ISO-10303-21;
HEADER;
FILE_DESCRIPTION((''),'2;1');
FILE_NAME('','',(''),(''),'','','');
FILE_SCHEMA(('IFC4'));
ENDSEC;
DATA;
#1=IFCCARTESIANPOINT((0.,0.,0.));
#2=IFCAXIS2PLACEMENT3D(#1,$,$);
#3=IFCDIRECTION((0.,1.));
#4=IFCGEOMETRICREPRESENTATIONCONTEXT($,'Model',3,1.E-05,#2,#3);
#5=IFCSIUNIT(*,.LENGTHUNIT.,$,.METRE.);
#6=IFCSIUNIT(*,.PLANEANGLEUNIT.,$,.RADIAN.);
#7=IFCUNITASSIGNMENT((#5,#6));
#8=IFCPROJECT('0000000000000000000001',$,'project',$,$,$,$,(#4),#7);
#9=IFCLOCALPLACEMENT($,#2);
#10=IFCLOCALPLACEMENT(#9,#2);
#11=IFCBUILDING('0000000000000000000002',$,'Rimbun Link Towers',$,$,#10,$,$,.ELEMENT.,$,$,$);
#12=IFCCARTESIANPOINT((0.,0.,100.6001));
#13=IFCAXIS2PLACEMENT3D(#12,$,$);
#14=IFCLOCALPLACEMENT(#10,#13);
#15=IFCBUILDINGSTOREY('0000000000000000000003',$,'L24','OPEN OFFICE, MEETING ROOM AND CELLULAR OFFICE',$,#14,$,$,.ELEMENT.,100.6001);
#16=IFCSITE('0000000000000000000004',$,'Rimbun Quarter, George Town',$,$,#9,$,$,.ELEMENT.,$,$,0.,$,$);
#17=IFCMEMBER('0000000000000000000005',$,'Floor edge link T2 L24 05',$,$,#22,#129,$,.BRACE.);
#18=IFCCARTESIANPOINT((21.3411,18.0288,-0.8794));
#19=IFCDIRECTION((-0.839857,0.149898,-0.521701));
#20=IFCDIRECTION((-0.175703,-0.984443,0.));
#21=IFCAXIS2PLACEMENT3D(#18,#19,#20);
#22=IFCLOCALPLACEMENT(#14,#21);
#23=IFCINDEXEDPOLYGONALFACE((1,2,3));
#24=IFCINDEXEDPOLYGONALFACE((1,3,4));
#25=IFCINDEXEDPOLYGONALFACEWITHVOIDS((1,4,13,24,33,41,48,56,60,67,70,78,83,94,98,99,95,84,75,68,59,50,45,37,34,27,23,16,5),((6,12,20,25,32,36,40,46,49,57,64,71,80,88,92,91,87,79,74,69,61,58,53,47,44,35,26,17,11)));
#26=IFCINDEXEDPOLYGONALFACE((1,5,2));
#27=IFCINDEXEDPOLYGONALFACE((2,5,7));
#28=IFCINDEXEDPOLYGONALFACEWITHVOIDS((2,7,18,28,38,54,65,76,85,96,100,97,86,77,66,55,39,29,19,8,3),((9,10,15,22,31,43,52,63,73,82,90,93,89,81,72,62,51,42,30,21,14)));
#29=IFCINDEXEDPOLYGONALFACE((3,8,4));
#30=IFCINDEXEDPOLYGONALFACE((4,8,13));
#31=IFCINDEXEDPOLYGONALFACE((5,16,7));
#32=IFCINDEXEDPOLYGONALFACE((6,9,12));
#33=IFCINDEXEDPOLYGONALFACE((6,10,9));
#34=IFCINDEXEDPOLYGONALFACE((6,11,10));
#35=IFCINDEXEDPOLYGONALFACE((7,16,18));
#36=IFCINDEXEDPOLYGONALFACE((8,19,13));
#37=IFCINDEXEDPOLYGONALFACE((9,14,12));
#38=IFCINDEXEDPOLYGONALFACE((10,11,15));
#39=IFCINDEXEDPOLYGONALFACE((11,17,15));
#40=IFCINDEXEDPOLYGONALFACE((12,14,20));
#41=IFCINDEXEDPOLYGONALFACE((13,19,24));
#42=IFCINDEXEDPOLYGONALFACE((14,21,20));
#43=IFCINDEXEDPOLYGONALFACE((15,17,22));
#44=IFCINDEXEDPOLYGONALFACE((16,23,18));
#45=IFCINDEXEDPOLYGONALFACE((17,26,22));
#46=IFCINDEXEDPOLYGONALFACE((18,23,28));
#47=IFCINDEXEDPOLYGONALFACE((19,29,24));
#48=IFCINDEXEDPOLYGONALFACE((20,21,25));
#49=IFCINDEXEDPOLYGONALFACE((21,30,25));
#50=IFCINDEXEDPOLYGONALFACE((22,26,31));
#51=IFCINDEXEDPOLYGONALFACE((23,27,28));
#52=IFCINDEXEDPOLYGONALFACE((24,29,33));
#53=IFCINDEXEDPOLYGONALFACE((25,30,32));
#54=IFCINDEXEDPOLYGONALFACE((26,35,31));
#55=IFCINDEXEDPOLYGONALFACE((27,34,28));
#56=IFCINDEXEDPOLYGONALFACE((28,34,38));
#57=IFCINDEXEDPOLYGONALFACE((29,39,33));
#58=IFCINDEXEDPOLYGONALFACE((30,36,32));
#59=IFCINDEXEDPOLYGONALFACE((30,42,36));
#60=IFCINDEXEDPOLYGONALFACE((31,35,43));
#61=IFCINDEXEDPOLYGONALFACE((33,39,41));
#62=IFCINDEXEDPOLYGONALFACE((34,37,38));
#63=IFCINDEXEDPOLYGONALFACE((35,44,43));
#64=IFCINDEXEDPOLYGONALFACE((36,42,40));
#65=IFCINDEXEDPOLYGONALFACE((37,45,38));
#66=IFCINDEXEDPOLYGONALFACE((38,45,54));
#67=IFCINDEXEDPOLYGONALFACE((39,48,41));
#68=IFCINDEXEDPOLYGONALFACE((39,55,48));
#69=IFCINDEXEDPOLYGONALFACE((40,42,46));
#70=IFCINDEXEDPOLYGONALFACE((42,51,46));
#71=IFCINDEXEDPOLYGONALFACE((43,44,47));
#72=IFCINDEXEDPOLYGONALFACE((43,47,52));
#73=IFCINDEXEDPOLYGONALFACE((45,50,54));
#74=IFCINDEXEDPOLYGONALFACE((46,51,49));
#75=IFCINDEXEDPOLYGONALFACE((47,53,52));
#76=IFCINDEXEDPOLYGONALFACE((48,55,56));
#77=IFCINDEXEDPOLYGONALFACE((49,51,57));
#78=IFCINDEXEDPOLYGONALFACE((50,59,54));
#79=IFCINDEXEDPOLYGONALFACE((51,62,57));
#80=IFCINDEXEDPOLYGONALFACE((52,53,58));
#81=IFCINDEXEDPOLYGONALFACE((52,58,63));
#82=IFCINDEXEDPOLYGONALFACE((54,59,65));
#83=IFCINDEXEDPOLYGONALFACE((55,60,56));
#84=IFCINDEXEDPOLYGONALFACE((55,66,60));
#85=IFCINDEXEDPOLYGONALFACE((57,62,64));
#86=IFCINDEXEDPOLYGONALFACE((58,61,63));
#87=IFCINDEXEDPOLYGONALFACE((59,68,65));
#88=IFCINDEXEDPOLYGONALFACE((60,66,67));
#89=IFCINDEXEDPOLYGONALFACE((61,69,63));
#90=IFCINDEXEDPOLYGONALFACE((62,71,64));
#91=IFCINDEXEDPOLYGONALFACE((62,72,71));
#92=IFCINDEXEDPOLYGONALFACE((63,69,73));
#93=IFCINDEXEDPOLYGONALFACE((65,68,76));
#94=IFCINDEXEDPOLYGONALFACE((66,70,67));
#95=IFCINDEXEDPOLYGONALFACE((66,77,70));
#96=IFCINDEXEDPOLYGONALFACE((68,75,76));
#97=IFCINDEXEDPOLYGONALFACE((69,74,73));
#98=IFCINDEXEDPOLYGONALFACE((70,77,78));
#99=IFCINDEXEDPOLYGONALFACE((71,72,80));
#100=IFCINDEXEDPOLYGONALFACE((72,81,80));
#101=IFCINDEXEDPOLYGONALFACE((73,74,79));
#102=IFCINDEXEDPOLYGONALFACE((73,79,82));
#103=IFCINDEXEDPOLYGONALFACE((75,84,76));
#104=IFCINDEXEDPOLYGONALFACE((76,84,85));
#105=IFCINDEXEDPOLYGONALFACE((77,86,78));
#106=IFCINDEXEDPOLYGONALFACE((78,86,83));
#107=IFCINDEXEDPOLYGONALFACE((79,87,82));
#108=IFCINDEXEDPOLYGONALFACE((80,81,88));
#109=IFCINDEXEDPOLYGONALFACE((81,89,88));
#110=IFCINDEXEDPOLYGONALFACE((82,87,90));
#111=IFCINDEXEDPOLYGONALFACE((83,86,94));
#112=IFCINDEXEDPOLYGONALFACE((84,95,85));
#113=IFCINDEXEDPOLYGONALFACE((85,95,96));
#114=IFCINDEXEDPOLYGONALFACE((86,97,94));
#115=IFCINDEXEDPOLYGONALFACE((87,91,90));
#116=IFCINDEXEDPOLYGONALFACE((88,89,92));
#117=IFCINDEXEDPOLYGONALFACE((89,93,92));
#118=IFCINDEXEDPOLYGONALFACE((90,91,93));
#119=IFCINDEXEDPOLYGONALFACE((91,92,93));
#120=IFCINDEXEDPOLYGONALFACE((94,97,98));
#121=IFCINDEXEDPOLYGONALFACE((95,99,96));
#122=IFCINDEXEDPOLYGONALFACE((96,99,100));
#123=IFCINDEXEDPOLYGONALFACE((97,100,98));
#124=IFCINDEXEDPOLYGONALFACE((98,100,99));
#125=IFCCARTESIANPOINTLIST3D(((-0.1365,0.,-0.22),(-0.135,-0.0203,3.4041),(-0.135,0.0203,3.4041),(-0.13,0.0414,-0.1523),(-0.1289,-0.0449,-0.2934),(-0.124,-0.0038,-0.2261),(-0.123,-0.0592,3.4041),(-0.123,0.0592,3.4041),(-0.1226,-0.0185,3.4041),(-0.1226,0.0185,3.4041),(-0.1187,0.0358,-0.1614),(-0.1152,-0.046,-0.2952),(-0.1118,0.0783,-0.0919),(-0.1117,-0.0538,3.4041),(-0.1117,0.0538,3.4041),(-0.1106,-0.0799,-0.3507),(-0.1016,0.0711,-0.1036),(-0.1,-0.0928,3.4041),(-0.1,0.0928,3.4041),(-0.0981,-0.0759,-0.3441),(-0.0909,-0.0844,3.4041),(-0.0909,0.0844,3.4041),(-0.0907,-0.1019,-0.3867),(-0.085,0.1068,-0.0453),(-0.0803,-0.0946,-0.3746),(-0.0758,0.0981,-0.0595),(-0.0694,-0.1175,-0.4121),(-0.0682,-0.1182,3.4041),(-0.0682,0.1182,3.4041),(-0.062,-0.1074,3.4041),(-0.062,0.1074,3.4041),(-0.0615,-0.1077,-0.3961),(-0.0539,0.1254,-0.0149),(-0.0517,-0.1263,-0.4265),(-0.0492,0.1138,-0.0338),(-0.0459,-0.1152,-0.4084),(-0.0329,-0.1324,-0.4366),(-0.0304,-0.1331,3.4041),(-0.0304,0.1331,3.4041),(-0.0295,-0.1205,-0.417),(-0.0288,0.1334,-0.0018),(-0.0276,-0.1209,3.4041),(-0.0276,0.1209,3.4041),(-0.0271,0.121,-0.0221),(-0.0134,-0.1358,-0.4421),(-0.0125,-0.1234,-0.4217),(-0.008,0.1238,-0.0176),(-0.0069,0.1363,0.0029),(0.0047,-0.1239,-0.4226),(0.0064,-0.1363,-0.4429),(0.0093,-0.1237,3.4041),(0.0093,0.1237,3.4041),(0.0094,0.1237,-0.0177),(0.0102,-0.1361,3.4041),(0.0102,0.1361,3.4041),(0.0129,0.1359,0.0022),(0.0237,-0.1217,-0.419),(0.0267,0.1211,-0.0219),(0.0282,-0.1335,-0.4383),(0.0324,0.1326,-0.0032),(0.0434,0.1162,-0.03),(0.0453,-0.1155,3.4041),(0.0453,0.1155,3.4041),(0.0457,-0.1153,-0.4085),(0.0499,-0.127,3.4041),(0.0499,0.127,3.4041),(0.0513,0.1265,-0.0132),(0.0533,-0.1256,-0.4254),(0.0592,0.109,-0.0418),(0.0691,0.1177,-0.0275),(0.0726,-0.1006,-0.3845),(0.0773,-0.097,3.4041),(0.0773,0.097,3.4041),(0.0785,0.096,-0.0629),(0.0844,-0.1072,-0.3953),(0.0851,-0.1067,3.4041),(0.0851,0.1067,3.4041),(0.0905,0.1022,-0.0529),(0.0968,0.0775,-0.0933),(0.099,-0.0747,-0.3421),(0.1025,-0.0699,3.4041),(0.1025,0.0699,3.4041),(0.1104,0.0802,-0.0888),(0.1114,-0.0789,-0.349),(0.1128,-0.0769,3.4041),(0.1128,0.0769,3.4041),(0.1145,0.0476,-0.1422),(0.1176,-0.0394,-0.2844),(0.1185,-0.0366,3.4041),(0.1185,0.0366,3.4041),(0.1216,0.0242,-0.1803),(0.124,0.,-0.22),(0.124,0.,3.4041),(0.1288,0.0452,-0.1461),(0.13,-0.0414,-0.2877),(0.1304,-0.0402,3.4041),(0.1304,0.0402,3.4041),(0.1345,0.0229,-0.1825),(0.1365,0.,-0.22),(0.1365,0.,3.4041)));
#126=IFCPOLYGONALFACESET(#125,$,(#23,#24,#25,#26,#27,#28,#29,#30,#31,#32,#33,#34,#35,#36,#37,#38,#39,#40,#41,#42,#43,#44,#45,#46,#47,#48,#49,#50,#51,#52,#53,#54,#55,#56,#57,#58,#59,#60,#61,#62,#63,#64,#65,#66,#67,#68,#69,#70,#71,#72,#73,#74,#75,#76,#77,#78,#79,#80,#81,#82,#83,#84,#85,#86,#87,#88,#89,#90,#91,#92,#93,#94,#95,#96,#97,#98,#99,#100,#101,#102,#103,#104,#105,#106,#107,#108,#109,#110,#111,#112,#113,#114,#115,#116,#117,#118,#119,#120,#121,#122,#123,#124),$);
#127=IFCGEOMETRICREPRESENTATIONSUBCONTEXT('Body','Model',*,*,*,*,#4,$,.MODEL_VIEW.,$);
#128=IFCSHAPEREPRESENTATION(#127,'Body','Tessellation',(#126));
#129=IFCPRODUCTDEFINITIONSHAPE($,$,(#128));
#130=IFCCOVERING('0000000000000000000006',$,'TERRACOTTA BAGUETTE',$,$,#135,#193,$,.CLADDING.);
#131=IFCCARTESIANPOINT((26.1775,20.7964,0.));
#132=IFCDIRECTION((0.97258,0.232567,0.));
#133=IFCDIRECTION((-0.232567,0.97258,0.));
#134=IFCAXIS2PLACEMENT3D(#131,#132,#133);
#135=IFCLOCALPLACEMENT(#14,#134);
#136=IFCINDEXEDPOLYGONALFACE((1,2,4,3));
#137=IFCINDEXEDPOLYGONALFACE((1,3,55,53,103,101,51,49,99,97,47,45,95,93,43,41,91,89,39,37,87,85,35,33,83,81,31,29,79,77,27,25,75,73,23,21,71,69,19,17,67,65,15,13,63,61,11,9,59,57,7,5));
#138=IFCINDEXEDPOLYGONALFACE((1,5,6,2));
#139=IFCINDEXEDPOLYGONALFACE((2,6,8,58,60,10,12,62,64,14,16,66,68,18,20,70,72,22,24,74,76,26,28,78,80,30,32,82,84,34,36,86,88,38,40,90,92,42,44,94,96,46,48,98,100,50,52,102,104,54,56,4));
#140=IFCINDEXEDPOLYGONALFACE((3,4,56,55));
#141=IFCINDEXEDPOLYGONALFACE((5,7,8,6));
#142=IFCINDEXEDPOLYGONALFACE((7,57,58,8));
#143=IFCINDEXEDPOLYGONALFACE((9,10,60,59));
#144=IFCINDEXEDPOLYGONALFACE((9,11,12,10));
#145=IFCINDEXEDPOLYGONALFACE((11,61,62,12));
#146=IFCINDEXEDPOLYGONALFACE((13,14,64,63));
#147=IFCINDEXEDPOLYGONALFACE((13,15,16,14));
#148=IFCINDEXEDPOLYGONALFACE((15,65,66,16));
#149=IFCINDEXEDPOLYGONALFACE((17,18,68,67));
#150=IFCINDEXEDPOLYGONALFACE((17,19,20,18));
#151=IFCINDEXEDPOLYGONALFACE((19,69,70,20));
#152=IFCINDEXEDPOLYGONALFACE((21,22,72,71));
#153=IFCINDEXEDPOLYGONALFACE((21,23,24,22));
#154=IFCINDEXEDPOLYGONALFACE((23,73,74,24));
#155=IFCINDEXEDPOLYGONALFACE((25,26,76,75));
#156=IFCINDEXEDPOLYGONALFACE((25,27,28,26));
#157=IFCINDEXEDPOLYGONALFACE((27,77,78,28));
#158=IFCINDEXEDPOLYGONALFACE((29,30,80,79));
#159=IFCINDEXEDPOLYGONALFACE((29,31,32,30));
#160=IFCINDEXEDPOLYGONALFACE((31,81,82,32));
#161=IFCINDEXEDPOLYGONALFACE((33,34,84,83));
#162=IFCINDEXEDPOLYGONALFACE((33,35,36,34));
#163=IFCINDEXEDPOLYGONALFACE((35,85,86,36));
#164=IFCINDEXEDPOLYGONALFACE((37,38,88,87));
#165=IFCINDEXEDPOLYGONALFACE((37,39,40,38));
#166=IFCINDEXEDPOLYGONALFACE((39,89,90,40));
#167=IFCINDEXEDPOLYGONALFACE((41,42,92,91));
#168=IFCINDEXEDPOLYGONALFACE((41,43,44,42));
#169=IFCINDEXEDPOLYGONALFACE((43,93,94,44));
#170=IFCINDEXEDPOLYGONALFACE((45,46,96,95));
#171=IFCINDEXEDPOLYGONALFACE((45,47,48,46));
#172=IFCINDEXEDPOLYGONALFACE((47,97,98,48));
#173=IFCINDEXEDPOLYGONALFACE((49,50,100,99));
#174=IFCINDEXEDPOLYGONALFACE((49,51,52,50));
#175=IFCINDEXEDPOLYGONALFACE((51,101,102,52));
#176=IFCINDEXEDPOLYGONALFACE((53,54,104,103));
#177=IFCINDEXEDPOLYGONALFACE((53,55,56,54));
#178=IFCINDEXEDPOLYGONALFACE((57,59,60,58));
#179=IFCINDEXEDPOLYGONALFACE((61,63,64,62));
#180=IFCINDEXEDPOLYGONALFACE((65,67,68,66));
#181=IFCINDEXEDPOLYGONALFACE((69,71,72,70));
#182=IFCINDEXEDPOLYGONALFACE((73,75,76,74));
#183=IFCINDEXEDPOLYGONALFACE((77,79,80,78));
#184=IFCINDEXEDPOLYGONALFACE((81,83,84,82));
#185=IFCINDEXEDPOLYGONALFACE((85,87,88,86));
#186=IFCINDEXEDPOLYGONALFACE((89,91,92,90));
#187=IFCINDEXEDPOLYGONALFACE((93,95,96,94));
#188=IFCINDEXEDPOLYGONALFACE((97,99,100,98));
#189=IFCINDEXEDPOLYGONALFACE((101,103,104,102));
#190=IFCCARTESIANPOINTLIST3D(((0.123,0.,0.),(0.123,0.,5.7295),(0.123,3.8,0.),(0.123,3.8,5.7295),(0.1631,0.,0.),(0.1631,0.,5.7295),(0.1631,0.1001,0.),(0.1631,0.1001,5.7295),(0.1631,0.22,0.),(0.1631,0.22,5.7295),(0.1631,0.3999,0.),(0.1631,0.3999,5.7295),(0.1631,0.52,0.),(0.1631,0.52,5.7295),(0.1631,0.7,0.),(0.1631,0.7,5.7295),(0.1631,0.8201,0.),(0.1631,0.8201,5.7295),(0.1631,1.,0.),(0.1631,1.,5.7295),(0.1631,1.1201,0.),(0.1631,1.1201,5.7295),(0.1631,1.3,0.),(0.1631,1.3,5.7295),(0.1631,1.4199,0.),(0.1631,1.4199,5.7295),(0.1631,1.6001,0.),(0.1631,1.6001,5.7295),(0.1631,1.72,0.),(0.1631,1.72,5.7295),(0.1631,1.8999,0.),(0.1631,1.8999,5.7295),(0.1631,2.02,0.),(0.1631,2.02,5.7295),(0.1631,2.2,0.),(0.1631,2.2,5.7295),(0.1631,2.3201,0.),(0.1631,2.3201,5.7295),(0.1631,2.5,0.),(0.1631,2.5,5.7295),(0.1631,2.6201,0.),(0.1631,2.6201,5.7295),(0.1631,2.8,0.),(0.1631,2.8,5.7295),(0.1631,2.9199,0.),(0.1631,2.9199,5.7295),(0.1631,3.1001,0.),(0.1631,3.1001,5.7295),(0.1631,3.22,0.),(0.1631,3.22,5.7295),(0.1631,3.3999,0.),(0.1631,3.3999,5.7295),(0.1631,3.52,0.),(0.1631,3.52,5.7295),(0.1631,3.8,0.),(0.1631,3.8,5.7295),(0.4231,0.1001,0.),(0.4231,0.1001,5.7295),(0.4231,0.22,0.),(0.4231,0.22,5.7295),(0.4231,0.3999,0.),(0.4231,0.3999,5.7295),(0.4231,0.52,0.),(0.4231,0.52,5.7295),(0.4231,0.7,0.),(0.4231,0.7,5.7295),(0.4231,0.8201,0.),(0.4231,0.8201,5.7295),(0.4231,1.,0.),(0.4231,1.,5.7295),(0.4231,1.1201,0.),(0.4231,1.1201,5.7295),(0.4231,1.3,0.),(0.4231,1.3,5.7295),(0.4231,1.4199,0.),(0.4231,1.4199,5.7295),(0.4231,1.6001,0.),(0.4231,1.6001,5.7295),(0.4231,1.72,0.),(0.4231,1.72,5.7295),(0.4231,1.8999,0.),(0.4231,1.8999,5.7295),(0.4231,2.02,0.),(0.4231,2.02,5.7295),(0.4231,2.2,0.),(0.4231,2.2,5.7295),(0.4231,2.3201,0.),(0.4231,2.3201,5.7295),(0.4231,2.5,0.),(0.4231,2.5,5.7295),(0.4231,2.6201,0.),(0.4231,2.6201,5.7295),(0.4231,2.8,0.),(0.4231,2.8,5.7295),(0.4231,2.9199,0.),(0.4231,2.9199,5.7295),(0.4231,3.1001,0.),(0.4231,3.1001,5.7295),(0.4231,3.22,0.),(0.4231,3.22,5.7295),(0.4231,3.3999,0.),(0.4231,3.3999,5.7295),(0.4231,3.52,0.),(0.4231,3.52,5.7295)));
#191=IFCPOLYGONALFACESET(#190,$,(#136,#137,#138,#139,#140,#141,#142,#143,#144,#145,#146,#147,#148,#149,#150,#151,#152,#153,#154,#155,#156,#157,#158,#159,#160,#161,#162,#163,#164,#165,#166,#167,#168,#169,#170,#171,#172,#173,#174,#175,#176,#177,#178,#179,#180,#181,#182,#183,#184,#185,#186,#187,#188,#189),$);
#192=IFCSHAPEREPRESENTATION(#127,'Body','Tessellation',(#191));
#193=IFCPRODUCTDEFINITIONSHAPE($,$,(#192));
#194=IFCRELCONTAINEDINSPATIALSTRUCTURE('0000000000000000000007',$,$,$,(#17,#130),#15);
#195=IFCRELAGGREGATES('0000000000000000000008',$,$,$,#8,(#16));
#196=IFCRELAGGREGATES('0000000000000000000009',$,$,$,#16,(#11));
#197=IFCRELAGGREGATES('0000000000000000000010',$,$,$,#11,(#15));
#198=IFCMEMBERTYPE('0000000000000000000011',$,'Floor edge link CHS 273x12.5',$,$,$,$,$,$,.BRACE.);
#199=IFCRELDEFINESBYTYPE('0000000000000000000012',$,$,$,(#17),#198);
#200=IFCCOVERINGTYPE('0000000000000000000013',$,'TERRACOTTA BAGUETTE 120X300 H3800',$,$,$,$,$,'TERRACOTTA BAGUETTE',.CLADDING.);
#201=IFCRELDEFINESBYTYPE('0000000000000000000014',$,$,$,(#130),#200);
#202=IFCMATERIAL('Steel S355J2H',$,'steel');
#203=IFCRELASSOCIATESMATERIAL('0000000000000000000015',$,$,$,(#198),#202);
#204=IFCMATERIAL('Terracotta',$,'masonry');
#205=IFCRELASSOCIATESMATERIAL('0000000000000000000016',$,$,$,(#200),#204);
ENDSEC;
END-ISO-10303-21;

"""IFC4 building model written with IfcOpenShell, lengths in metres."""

from ifc_helpers import new_model, si_unit, direction, frame, origin, origin_2d, place, context, subcontext, project, spatial, polyline, hollow_circle, outline, extrude, clip, halfspace, material, material_profile, profile_set, type_object, element, save


model = new_model("IFC4")

# Units and contexts
model_context = context("Model", 3, precision=1e-05, world=origin(), true_north=direction((0.0, 1.0)))
body_context = subcontext(model_context, "Body", "Model", "MODEL_VIEW")
ifc_project = project(units=[si_unit("LENGTHUNIT", "METRE"), si_unit("PLANEANGLEUNIT", "RADIAN")], contexts=[model_context])

# Site, building, storey
site_placement = place(None, origin())
site = spatial("IfcSite", under=ifc_project, at=site_placement, Name="Rimbun Quarter, George Town", CompositionType="ELEMENT", RefElevation=0.0)
building_placement = place(site_placement, origin())
building = spatial("IfcBuilding", under=site, at=building_placement, Name="Rimbun Link Towers", CompositionType="ELEMENT")
storey_placement = place(building_placement, frame((0.0, 0.0, 100.6001)))
storey = spatial("IfcBuildingStorey", under=building, at=storey_placement, Name="L24", Description="OPEN OFFICE, MEETING ROOM AND CELLULAR OFFICE", CompositionType="ELEMENT", Elevation=100.6001)

# Member
ifc_material_1 = material(Name="Steel S355J2H", Category="steel")
ifc_material_profile_1 = material_profile(ifc_material_1, hollow_circle(Radius=0.1365, WallThickness=0.0125, at=origin_2d()), Name="CHS 273x12.5")
ifc_profile_set_1 = profile_set([ifc_material_profile_1], Name="Steel S355J2H")
member_type_1 = type_object("IfcMemberType", Name="Floor edge link CHS 273x12.5", PredefinedType="BRACE", material=ifc_profile_set_1)
member_1_placement = place(storey_placement, frame((21.3411, 18.0288, -0.8794), z_axis=(-0.839857, 0.149898, -0.521701), x_axis=(-0.175703, -0.984443, 0.0)))
element("IfcMember", 1, at=member_1_placement, inside=storey, type_object=member_type_1, Name="Floor edge link T2 L24 05", PredefinedType="BRACE", context=body_context, shape_type="Clipping", body=[
    clip(extrude(hollow_circle(Radius=0.1365, WallThickness=0.0125, at=origin_2d()), frame((0.0, 0.0, -0.4656)), (0.0, 0.0, 1.0), 3.8696), halfspace(frame((0.0, 0.0, -0.22), z_axis=(0.0, 0.853129, -0.521701)), False)),
])

# Covering
ifc_material_2 = material(Name="Terracotta", Category="masonry")
ifc_material_profile_2 = material_profile(ifc_material_2, outline(polyline([(0.123, 0.0), (0.1631, 0.0), (0.1631, 0.1001), (0.4231, 0.1001), (0.4231, 0.22), (0.1631, 0.22), (0.1631, 0.3999), (0.4231, 0.3999), (0.4231, 0.52), (0.1631, 0.52), (0.1631, 0.7), (0.4231, 0.7), (0.4231, 0.8201), (0.1631, 0.8201), (0.1631, 1.0), (0.4231, 1.0), (0.4231, 1.1201), (0.1631, 1.1201), (0.1631, 1.3), (0.4231, 1.3), (0.4231, 1.4199), (0.1631, 1.4199), (0.1631, 1.6001), (0.4231, 1.6001), (0.4231, 1.72), (0.1631, 1.72), (0.1631, 1.8999), (0.4231, 1.8999), (0.4231, 2.02), (0.1631, 2.02), (0.1631, 2.2), (0.4231, 2.2), (0.4231, 2.3201), (0.1631, 2.3201), (0.1631, 2.5), (0.4231, 2.5), (0.4231, 2.6201), (0.1631, 2.6201), (0.1631, 2.8), (0.4231, 2.8), (0.4231, 2.9199), (0.1631, 2.9199), (0.1631, 3.1001), (0.4231, 3.1001), (0.4231, 3.22), (0.1631, 3.22), (0.1631, 3.3999), (0.4231, 3.3999), (0.4231, 3.52), (0.1631, 3.52), (0.1631, 3.8), (0.123, 3.8), (0.123, 0.0)])), Name="BAGUETTE 120X300")
ifc_profile_set_2 = profile_set([ifc_material_profile_2], Name="Terracotta")
covering_type = type_object("IfcCoveringType", Name="TERRACOTTA BAGUETTE 120X300 H3800", ElementType="TERRACOTTA BAGUETTE", PredefinedType="CLADDING", material=ifc_profile_set_2)
covering_1_placement = place(storey_placement, frame((26.1775, 20.7964, 0.0), z_axis=(0.97258, 0.232567, 0.0), x_axis=(-0.232567, 0.97258, 0.0)))
element("IfcCovering", 2, at=covering_1_placement, inside=storey, type_object=covering_type, Name="TERRACOTTA BAGUETTE", PredefinedType="CLADDING", context=body_context, shape_type="SweptSolid", body=[
    extrude(outline(polyline([(0.123, 0.0), (0.1631, 0.0), (0.1631, 0.1001), (0.4231, 0.1001), (0.4231, 0.22), (0.1631, 0.22), (0.1631, 0.3999), (0.4231, 0.3999), (0.4231, 0.52), (0.1631, 0.52), (0.1631, 0.7), (0.4231, 0.7), (0.4231, 0.8201), (0.1631, 0.8201), (0.1631, 1.0), (0.4231, 1.0), (0.4231, 1.1201), (0.1631, 1.1201), (0.1631, 1.3), (0.4231, 1.3), (0.4231, 1.4199), (0.1631, 1.4199), (0.1631, 1.6001), (0.4231, 1.6001), (0.4231, 1.72), (0.1631, 1.72), (0.1631, 1.8999), (0.4231, 1.8999), (0.4231, 2.02), (0.1631, 2.02), (0.1631, 2.2), (0.4231, 2.2), (0.4231, 2.3201), (0.1631, 2.3201), (0.1631, 2.5), (0.4231, 2.5), (0.4231, 2.6201), (0.1631, 2.6201), (0.1631, 2.8), (0.4231, 2.8), (0.4231, 2.9199), (0.1631, 2.9199), (0.1631, 3.1001), (0.4231, 3.1001), (0.4231, 3.22), (0.1631, 3.22), (0.1631, 3.3999), (0.4231, 3.3999), (0.4231, 3.52), (0.1631, 3.52), (0.1631, 3.8), (0.123, 3.8), (0.123, 0.0)])), origin(), (0.0, 0.0, 1.0), 5.7295),
])

save(model, "model.ifc")
